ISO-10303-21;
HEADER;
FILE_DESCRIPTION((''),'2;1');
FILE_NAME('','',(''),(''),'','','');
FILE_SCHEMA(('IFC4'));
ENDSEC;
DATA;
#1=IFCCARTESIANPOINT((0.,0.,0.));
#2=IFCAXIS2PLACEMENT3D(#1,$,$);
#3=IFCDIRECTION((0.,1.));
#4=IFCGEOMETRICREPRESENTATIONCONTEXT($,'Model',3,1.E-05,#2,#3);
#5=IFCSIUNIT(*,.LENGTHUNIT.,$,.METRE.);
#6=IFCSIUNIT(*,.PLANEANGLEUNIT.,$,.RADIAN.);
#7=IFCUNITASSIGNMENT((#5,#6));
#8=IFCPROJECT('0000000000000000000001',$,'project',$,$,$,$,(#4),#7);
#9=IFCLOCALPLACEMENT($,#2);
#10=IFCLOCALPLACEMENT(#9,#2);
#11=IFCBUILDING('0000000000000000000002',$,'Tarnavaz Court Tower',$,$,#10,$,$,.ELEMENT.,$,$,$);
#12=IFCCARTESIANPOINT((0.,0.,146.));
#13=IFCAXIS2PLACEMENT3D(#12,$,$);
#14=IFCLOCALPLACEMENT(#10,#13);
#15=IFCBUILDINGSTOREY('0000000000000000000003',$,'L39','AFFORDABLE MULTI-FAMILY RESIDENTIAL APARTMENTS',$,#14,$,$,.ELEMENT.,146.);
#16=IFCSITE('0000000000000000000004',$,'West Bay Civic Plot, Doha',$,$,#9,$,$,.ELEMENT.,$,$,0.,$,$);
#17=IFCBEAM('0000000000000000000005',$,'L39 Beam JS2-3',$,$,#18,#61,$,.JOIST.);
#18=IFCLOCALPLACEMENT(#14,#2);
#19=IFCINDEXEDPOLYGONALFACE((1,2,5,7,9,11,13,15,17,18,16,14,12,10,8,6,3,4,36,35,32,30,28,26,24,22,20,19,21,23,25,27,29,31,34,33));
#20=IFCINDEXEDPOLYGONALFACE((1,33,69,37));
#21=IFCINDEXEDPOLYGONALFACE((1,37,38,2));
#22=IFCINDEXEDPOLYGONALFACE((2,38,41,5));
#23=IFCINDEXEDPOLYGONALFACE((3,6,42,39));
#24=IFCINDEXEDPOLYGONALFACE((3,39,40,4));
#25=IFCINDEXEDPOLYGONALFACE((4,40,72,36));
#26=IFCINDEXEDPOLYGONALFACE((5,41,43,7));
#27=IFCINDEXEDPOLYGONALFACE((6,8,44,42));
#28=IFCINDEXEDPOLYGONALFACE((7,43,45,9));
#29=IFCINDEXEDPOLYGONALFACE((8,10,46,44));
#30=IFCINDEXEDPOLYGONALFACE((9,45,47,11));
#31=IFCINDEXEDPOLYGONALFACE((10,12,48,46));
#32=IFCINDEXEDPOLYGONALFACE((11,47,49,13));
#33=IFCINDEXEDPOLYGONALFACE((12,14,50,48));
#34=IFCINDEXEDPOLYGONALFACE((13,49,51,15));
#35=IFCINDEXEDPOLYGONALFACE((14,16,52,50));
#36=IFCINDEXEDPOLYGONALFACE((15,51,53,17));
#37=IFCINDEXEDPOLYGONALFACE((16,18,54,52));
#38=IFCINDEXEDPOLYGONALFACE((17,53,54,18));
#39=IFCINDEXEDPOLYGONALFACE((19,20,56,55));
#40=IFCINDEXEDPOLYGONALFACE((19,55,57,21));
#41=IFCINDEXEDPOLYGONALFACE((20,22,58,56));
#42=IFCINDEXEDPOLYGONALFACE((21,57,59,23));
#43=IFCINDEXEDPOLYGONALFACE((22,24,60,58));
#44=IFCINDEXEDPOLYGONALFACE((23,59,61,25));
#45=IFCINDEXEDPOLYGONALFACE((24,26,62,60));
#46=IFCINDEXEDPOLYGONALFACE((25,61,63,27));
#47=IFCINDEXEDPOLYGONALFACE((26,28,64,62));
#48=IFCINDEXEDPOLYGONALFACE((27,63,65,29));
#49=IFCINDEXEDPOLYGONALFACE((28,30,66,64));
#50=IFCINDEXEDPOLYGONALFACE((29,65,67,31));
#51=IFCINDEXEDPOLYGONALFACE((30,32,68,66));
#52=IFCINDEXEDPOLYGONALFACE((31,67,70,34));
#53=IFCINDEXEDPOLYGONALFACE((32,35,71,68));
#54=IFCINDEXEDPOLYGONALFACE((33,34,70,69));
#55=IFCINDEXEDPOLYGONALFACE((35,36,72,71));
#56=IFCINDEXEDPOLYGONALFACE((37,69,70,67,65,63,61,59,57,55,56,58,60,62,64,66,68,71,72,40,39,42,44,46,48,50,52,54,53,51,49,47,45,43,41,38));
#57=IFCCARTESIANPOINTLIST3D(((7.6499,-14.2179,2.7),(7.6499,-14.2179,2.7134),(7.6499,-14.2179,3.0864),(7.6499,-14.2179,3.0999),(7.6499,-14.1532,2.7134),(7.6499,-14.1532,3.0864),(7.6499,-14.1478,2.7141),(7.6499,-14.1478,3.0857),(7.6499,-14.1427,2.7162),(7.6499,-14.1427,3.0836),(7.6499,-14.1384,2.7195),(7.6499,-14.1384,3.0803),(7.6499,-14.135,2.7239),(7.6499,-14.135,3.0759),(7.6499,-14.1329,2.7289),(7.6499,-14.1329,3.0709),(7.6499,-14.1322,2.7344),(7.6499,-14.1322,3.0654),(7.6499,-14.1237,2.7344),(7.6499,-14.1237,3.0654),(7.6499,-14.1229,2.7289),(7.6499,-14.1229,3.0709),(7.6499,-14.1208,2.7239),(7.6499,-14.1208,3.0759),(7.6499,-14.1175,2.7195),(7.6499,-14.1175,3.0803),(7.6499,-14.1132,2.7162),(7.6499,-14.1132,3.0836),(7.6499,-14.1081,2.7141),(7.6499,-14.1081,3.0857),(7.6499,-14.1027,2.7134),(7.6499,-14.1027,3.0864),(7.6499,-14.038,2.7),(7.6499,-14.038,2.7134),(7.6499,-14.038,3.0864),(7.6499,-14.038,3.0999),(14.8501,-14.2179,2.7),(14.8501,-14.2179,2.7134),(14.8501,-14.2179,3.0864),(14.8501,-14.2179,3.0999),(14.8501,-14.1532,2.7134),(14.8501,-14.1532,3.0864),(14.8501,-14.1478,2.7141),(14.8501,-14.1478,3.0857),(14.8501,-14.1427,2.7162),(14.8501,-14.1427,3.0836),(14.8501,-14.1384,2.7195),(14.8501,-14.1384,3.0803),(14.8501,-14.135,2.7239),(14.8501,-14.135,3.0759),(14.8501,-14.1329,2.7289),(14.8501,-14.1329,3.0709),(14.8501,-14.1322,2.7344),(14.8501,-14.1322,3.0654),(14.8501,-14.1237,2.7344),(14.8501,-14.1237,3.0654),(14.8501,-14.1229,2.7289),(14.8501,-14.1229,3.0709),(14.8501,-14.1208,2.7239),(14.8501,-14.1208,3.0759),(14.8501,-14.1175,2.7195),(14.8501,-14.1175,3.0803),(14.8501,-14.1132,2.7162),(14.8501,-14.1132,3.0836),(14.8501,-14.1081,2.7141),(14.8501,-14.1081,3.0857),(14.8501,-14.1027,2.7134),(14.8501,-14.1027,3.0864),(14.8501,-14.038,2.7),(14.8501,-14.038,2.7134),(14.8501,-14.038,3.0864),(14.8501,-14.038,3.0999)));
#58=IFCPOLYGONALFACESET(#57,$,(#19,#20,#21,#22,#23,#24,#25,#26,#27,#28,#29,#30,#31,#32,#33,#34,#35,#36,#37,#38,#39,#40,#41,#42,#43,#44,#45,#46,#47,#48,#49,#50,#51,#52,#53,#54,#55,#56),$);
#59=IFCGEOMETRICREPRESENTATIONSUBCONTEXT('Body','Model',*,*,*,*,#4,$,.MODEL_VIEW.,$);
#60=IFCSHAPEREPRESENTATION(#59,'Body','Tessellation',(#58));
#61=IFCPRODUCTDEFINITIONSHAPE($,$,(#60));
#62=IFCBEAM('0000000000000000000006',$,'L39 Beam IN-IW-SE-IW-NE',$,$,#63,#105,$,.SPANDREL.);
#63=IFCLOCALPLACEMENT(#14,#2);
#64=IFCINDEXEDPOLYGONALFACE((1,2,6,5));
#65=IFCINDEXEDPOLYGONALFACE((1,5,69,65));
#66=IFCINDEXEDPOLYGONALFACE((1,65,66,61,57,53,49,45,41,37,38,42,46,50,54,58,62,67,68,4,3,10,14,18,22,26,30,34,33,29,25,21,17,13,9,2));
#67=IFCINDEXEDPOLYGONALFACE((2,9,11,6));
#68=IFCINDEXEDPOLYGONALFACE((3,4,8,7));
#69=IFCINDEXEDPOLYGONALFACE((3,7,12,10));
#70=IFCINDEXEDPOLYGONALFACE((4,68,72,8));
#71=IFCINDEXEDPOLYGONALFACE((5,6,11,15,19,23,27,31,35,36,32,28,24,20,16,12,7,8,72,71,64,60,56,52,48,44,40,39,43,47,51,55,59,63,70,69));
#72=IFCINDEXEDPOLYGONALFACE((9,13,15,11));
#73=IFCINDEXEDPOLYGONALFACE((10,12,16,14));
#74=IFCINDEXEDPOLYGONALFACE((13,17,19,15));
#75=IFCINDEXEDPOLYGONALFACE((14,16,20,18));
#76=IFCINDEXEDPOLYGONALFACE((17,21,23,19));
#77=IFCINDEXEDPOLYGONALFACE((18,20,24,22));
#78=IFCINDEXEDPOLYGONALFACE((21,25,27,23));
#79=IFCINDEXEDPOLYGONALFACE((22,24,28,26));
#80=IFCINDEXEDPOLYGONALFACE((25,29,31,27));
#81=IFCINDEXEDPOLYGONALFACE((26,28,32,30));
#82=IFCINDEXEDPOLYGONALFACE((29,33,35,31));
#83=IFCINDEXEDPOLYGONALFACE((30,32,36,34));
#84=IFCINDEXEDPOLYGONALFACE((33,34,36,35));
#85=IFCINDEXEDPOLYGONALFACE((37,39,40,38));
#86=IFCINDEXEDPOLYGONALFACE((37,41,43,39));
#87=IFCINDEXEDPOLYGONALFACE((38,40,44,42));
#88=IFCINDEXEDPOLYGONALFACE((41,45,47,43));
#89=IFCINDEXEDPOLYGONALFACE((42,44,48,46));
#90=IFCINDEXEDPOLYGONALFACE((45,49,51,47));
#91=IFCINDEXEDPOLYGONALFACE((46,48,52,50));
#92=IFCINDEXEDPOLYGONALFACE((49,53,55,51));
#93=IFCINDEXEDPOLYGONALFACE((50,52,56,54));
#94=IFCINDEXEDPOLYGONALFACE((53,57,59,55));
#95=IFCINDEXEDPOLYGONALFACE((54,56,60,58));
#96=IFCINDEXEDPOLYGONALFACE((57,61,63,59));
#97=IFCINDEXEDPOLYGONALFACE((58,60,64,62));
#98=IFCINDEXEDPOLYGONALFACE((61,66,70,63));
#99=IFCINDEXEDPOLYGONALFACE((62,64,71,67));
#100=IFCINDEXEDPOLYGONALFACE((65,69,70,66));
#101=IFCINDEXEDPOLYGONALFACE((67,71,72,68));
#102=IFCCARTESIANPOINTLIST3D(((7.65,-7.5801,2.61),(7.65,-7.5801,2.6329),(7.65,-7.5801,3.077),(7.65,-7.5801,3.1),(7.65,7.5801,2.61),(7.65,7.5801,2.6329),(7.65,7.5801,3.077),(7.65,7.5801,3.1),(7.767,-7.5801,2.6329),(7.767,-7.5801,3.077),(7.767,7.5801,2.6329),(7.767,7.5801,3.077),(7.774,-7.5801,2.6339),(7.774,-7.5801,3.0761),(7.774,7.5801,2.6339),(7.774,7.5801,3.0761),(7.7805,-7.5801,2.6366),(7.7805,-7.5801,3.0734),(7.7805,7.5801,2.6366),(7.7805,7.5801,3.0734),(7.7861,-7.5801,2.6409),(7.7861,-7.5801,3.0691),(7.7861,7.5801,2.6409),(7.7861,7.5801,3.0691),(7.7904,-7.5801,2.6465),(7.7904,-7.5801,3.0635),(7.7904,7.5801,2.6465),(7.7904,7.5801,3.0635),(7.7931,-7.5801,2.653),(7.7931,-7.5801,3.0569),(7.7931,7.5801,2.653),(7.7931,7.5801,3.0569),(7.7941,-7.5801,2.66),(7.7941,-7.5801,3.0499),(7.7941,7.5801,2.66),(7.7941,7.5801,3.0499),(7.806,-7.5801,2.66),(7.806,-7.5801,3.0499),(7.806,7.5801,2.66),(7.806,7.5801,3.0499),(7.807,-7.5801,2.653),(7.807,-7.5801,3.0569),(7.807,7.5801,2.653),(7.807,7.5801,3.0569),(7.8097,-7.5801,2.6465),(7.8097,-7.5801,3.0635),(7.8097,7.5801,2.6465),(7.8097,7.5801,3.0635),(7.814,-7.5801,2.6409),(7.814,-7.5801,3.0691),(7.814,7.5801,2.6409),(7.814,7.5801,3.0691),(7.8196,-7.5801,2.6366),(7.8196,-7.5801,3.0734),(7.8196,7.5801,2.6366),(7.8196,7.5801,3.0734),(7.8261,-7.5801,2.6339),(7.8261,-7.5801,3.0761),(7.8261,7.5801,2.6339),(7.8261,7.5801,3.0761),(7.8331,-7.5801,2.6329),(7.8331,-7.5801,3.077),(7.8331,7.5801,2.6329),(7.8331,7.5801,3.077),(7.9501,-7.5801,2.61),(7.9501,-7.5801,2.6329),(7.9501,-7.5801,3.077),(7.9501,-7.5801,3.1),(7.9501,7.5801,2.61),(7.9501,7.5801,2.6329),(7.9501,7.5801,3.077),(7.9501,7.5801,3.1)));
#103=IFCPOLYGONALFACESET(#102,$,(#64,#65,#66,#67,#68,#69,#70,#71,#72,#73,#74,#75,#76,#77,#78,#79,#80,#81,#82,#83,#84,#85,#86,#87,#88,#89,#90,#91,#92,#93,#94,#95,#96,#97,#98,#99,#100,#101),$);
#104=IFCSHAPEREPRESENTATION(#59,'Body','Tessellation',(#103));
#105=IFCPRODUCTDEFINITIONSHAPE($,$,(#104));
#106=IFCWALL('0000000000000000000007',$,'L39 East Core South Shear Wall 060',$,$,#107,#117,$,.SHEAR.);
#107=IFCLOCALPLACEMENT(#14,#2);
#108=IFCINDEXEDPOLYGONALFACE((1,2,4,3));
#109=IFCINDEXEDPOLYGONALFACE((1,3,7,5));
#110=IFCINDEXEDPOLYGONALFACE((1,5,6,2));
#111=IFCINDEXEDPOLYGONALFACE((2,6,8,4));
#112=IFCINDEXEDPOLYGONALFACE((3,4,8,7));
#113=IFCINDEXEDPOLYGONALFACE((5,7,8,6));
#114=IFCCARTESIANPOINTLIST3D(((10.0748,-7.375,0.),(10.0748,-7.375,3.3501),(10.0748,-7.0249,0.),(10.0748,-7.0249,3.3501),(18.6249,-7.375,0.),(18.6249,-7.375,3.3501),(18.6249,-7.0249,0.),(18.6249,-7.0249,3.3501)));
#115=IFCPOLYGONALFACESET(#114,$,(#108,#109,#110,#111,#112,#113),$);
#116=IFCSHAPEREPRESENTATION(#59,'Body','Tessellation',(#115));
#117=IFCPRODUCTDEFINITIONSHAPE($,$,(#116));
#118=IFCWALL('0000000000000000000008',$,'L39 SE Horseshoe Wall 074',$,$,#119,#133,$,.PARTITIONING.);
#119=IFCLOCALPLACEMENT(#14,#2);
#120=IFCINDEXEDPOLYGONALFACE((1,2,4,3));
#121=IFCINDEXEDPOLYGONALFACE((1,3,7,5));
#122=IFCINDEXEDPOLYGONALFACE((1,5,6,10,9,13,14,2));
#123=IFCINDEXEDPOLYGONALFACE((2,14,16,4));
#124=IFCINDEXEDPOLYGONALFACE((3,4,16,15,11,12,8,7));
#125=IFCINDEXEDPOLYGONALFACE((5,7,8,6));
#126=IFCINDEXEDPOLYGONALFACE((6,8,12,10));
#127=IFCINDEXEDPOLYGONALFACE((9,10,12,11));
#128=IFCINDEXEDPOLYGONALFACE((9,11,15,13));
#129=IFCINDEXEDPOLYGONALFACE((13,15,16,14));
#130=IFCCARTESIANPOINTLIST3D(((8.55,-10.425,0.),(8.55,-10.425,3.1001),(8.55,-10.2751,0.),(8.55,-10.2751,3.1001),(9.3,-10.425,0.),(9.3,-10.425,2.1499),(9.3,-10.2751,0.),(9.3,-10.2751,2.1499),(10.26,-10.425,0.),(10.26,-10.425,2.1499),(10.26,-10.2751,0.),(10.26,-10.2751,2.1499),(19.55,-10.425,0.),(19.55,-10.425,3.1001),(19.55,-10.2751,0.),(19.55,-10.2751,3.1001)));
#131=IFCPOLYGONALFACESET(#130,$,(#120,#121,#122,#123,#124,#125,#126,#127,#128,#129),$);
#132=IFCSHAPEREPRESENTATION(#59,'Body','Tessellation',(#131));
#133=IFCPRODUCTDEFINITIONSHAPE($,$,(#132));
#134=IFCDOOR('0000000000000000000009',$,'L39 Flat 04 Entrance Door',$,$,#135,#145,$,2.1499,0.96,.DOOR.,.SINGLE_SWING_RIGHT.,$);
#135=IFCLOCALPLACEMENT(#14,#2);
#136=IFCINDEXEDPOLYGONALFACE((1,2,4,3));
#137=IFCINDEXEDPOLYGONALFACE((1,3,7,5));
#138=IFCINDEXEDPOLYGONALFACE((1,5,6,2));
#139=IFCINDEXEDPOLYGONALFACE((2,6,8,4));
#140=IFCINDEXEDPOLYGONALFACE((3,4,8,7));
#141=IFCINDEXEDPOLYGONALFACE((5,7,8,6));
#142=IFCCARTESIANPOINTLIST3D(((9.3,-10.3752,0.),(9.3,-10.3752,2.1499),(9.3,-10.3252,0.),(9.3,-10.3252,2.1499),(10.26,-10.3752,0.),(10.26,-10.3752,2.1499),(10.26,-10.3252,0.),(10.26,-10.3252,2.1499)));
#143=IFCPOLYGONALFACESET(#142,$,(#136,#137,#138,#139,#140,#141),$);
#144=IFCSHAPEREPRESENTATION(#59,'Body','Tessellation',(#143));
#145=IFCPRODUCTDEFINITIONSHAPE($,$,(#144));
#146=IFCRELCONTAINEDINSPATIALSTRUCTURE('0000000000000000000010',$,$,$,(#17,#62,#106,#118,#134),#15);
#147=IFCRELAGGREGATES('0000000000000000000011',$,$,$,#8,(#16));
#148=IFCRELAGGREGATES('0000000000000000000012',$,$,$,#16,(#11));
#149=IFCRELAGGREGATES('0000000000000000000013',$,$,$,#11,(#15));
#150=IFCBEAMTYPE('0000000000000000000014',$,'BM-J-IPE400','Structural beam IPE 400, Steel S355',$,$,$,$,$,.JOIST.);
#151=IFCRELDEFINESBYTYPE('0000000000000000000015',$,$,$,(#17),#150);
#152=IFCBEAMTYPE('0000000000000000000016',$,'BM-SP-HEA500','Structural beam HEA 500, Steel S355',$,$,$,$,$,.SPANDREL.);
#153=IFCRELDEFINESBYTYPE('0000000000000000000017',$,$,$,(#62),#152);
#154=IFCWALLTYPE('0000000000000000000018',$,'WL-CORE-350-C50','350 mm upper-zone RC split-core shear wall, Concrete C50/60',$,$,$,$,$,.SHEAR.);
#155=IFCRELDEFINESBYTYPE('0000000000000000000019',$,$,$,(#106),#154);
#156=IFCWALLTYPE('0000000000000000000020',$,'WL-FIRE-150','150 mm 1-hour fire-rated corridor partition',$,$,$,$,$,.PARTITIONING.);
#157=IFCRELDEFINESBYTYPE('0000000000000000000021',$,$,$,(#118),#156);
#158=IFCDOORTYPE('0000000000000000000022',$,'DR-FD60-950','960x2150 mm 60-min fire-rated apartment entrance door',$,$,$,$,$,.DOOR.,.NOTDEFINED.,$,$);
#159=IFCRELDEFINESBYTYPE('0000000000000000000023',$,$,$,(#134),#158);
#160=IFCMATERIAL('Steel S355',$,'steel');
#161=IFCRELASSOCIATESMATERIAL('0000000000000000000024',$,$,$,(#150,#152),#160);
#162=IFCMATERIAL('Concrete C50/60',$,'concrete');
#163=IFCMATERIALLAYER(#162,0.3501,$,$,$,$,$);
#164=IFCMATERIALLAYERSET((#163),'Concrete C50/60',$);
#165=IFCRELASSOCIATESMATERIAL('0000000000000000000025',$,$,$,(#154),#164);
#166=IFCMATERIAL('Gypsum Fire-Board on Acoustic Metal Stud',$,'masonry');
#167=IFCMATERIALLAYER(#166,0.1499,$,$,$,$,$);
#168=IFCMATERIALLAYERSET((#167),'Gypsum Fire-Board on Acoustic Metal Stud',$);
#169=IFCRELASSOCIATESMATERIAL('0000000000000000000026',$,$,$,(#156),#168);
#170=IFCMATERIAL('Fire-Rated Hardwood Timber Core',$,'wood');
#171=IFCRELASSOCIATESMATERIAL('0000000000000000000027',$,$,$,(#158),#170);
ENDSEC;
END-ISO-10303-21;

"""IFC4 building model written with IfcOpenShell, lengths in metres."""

from ifc_helpers import new_model, si_unit, direction, frame, frame_2d, origin, origin_2d, place, context, subcontext, project, spatial, rectangle, i_section, extrude, material, layer, layer_set, material_profile, profile_set, type_object, element, fill, save


model = new_model("IFC4")

# Units and contexts
model_context = context("Model", 3, precision=1e-05, world=origin(), true_north=direction((0.0, 1.0)))
body_context = subcontext(model_context, "Body", "Model", "MODEL_VIEW")
ifc_project = project(units=[si_unit("LENGTHUNIT", "METRE"), si_unit("PLANEANGLEUNIT", "RADIAN")], contexts=[model_context])

# Site, building, storey
site_placement = place(None, origin())
site = spatial("IfcSite", under=ifc_project, at=site_placement, Name="West Bay Civic Plot, Doha", CompositionType="ELEMENT", RefElevation=0.0)
building_placement = place(site_placement, origin())
building = spatial("IfcBuilding", under=site, at=building_placement, Name="Tarnavaz Court Tower", CompositionType="ELEMENT")
storey_placement = place(building_placement, frame((0.0, 0.0, 146.0)))
storey = spatial("IfcBuildingStorey", under=building, at=storey_placement, Name="L39", Description="AFFORDABLE MULTI-FAMILY RESIDENTIAL APARTMENTS", CompositionType="ELEMENT", Elevation=146.0)

# Beams
ifc_material_1 = material(Name="Steel S355", Category="steel")
ifc_material_profile_1 = material_profile(ifc_material_1, i_section(OverallWidth=0.1799, OverallDepth=0.3999, WebThickness=0.0085, FlangeThickness=0.0134, FilletRadius=0.021, at=origin_2d()), Name="IPE 400")
ifc_profile_set_1 = profile_set([ifc_material_profile_1], Name="Steel S355")
beam_type_1 = type_object("IfcBeamType", Name="BM-J-IPE400", Description="Structural beam IPE 400, Steel S355", PredefinedType="JOIST", material=ifc_profile_set_1)
for number, where, z_axis, x_axis, name in (
    (1, (7.6499, -14.1279, 2.8999), (1.0, 0.0, 0.0), (0.0, 1.0, 0.0), "L39 Beam JS2-3"),
):
    element("IfcBeam", number, at=place(storey_placement, frame(where, z_axis=z_axis, x_axis=x_axis)), inside=storey, type_object=beam_type_1, Name=name, PredefinedType="JOIST", context=body_context, shape_type="SweptSolid", body=[
        extrude(i_section(OverallWidth=0.1799, OverallDepth=0.3999, WebThickness=0.0085, FlangeThickness=0.0134, FilletRadius=0.021, at=origin_2d()), origin(), (0.0, 0.0, 1.0), 7.2002),
    ])
ifc_material_profile_2 = material_profile(ifc_material_1, i_section(OverallWidth=0.3, OverallDepth=0.49, WebThickness=0.012, FlangeThickness=0.0229, FilletRadius=0.0271, at=origin_2d()), Name="HEA 500")
ifc_profile_set_2 = profile_set([ifc_material_profile_2], Name="Steel S355")
beam_type_2 = type_object("IfcBeamType", Name="BM-SP-HEA500", Description="Structural beam HEA 500, Steel S355", PredefinedType="SPANDREL", material=ifc_profile_set_2)
beam_1_placement = place(storey_placement, frame((7.8, -7.5801, 2.855), z_axis=(0.0, 1.0, 0.0), x_axis=(-1.0, 0.0, 0.0)))
element("IfcBeam", 2, at=beam_1_placement, inside=storey, type_object=beam_type_2, Name="L39 Beam IN-IW-SE-IW-NE", PredefinedType="SPANDREL", context=body_context, shape_type="SweptSolid", body=[
    extrude(i_section(OverallWidth=0.3, OverallDepth=0.49, WebThickness=0.012, FlangeThickness=0.0229, FilletRadius=0.0271, at=origin_2d()), origin(), (0.0, 0.0, 1.0), 15.1602),
])

# Wall
ifc_material_2 = material(Name="Concrete C50/60", Category="concrete")
ifc_layer_1 = layer(ifc_material_2, 0.3501)
ifc_layer_set_1 = layer_set([ifc_layer_1], Name="Concrete C50/60")
wall_type_1 = type_object("IfcWallType", Name="WL-CORE-350-C50", Description="350 mm upper-zone RC split-core shear wall, Concrete C50/60", PredefinedType="SHEAR", material=ifc_layer_set_1)
wall_1_placement = place(storey_placement, frame((10.075, -7.2, 0.0), z_axis=(0.0, 0.0, 1.0), x_axis=(1.0, 0.0, 0.0)))
element("IfcWall", 3, at=wall_1_placement, inside=storey, type_object=wall_type_1, Name="L39 East Core South Shear Wall 060", PredefinedType="SHEAR", context=body_context, shape_type="SweptSolid", body=[
    extrude(rectangle(XDim=8.55, YDim=0.3501, at=frame_2d((4.2749, 0.0))), origin(), (0.0, 0.0, 1.0), 3.3501),
])

# Wall, opening, door
ifc_material_3 = material(Name="Gypsum Fire-Board on Acoustic Metal Stud", Category="masonry")
ifc_layer_2 = layer(ifc_material_3, 0.1499)
ifc_layer_set_2 = layer_set([ifc_layer_2], Name="Gypsum Fire-Board on Acoustic Metal Stud")
wall_type_2 = type_object("IfcWallType", Name="WL-FIRE-150", Description="150 mm 1-hour fire-rated corridor partition", PredefinedType="PARTITIONING", material=ifc_layer_set_2)
wall_2_placement = place(storey_placement, frame((8.55, -10.3501, 0.0), z_axis=(0.0, 0.0, 1.0), x_axis=(1.0, 0.0, 0.0)))
wall_2 = element("IfcWall", 4, at=wall_2_placement, inside=storey, type_object=wall_type_2, Name="L39 SE Horseshoe Wall 074", PredefinedType="PARTITIONING", context=body_context, shape_type="SweptSolid", body=[
    extrude(rectangle(XDim=11.0, YDim=0.1499, at=frame_2d((5.5, 0.0))), origin(), (0.0, 0.0, 1.0), 3.1001),
])
opening_1_placement = place(wall_2_placement, frame((0.75, 0.0, 0.0)))
opening_1 = element("IfcOpeningElement", 5, at=opening_1_placement, cuts=wall_2, PredefinedType="OPENING", context=body_context, shape_type="SweptSolid", body=[
    extrude(rectangle(XDim=0.96, YDim=2.1499, at=frame_2d((0.48, 1.075))), frame((0.0, 0.085, 0.0), z_axis=(0.0, -1.0, 0.0), x_axis=(1.0, 0.0, 0.0)), (0.0, 0.0, 1.0), 0.1699),
])
ifc_material_4 = material(Name="Fire-Rated Hardwood Timber Core", Category="wood")
door_type_1 = type_object("IfcDoorType", Name="DR-FD60-950", Description="960x2150 mm 60-min fire-rated apartment entrance door", OperationType="NOTDEFINED", PredefinedType="DOOR", material=ifc_material_4)
door_1_placement = place(opening_1_placement, origin())
door_1 = element("IfcDoor", 6, at=door_1_placement, inside=storey, type_object=door_type_1, Name="L39 Flat 04 Entrance Door", OperationType="SINGLE_SWING_RIGHT", OverallHeight=2.1499, OverallWidth=0.96, PredefinedType="DOOR", context=body_context, shape_type="SweptSolid", body=[
    extrude(rectangle(XDim=0.96, YDim=2.1499, at=frame_2d((0.48, 1.075))), frame((0.0, 0.0249, 0.0), z_axis=(0.0, -1.0, 0.0), x_axis=(1.0, 0.0, 0.0)), (0.0, 0.0, 1.0), 0.05),
])
fill(opening_1, door_1)

save(model, "model.ifc")
